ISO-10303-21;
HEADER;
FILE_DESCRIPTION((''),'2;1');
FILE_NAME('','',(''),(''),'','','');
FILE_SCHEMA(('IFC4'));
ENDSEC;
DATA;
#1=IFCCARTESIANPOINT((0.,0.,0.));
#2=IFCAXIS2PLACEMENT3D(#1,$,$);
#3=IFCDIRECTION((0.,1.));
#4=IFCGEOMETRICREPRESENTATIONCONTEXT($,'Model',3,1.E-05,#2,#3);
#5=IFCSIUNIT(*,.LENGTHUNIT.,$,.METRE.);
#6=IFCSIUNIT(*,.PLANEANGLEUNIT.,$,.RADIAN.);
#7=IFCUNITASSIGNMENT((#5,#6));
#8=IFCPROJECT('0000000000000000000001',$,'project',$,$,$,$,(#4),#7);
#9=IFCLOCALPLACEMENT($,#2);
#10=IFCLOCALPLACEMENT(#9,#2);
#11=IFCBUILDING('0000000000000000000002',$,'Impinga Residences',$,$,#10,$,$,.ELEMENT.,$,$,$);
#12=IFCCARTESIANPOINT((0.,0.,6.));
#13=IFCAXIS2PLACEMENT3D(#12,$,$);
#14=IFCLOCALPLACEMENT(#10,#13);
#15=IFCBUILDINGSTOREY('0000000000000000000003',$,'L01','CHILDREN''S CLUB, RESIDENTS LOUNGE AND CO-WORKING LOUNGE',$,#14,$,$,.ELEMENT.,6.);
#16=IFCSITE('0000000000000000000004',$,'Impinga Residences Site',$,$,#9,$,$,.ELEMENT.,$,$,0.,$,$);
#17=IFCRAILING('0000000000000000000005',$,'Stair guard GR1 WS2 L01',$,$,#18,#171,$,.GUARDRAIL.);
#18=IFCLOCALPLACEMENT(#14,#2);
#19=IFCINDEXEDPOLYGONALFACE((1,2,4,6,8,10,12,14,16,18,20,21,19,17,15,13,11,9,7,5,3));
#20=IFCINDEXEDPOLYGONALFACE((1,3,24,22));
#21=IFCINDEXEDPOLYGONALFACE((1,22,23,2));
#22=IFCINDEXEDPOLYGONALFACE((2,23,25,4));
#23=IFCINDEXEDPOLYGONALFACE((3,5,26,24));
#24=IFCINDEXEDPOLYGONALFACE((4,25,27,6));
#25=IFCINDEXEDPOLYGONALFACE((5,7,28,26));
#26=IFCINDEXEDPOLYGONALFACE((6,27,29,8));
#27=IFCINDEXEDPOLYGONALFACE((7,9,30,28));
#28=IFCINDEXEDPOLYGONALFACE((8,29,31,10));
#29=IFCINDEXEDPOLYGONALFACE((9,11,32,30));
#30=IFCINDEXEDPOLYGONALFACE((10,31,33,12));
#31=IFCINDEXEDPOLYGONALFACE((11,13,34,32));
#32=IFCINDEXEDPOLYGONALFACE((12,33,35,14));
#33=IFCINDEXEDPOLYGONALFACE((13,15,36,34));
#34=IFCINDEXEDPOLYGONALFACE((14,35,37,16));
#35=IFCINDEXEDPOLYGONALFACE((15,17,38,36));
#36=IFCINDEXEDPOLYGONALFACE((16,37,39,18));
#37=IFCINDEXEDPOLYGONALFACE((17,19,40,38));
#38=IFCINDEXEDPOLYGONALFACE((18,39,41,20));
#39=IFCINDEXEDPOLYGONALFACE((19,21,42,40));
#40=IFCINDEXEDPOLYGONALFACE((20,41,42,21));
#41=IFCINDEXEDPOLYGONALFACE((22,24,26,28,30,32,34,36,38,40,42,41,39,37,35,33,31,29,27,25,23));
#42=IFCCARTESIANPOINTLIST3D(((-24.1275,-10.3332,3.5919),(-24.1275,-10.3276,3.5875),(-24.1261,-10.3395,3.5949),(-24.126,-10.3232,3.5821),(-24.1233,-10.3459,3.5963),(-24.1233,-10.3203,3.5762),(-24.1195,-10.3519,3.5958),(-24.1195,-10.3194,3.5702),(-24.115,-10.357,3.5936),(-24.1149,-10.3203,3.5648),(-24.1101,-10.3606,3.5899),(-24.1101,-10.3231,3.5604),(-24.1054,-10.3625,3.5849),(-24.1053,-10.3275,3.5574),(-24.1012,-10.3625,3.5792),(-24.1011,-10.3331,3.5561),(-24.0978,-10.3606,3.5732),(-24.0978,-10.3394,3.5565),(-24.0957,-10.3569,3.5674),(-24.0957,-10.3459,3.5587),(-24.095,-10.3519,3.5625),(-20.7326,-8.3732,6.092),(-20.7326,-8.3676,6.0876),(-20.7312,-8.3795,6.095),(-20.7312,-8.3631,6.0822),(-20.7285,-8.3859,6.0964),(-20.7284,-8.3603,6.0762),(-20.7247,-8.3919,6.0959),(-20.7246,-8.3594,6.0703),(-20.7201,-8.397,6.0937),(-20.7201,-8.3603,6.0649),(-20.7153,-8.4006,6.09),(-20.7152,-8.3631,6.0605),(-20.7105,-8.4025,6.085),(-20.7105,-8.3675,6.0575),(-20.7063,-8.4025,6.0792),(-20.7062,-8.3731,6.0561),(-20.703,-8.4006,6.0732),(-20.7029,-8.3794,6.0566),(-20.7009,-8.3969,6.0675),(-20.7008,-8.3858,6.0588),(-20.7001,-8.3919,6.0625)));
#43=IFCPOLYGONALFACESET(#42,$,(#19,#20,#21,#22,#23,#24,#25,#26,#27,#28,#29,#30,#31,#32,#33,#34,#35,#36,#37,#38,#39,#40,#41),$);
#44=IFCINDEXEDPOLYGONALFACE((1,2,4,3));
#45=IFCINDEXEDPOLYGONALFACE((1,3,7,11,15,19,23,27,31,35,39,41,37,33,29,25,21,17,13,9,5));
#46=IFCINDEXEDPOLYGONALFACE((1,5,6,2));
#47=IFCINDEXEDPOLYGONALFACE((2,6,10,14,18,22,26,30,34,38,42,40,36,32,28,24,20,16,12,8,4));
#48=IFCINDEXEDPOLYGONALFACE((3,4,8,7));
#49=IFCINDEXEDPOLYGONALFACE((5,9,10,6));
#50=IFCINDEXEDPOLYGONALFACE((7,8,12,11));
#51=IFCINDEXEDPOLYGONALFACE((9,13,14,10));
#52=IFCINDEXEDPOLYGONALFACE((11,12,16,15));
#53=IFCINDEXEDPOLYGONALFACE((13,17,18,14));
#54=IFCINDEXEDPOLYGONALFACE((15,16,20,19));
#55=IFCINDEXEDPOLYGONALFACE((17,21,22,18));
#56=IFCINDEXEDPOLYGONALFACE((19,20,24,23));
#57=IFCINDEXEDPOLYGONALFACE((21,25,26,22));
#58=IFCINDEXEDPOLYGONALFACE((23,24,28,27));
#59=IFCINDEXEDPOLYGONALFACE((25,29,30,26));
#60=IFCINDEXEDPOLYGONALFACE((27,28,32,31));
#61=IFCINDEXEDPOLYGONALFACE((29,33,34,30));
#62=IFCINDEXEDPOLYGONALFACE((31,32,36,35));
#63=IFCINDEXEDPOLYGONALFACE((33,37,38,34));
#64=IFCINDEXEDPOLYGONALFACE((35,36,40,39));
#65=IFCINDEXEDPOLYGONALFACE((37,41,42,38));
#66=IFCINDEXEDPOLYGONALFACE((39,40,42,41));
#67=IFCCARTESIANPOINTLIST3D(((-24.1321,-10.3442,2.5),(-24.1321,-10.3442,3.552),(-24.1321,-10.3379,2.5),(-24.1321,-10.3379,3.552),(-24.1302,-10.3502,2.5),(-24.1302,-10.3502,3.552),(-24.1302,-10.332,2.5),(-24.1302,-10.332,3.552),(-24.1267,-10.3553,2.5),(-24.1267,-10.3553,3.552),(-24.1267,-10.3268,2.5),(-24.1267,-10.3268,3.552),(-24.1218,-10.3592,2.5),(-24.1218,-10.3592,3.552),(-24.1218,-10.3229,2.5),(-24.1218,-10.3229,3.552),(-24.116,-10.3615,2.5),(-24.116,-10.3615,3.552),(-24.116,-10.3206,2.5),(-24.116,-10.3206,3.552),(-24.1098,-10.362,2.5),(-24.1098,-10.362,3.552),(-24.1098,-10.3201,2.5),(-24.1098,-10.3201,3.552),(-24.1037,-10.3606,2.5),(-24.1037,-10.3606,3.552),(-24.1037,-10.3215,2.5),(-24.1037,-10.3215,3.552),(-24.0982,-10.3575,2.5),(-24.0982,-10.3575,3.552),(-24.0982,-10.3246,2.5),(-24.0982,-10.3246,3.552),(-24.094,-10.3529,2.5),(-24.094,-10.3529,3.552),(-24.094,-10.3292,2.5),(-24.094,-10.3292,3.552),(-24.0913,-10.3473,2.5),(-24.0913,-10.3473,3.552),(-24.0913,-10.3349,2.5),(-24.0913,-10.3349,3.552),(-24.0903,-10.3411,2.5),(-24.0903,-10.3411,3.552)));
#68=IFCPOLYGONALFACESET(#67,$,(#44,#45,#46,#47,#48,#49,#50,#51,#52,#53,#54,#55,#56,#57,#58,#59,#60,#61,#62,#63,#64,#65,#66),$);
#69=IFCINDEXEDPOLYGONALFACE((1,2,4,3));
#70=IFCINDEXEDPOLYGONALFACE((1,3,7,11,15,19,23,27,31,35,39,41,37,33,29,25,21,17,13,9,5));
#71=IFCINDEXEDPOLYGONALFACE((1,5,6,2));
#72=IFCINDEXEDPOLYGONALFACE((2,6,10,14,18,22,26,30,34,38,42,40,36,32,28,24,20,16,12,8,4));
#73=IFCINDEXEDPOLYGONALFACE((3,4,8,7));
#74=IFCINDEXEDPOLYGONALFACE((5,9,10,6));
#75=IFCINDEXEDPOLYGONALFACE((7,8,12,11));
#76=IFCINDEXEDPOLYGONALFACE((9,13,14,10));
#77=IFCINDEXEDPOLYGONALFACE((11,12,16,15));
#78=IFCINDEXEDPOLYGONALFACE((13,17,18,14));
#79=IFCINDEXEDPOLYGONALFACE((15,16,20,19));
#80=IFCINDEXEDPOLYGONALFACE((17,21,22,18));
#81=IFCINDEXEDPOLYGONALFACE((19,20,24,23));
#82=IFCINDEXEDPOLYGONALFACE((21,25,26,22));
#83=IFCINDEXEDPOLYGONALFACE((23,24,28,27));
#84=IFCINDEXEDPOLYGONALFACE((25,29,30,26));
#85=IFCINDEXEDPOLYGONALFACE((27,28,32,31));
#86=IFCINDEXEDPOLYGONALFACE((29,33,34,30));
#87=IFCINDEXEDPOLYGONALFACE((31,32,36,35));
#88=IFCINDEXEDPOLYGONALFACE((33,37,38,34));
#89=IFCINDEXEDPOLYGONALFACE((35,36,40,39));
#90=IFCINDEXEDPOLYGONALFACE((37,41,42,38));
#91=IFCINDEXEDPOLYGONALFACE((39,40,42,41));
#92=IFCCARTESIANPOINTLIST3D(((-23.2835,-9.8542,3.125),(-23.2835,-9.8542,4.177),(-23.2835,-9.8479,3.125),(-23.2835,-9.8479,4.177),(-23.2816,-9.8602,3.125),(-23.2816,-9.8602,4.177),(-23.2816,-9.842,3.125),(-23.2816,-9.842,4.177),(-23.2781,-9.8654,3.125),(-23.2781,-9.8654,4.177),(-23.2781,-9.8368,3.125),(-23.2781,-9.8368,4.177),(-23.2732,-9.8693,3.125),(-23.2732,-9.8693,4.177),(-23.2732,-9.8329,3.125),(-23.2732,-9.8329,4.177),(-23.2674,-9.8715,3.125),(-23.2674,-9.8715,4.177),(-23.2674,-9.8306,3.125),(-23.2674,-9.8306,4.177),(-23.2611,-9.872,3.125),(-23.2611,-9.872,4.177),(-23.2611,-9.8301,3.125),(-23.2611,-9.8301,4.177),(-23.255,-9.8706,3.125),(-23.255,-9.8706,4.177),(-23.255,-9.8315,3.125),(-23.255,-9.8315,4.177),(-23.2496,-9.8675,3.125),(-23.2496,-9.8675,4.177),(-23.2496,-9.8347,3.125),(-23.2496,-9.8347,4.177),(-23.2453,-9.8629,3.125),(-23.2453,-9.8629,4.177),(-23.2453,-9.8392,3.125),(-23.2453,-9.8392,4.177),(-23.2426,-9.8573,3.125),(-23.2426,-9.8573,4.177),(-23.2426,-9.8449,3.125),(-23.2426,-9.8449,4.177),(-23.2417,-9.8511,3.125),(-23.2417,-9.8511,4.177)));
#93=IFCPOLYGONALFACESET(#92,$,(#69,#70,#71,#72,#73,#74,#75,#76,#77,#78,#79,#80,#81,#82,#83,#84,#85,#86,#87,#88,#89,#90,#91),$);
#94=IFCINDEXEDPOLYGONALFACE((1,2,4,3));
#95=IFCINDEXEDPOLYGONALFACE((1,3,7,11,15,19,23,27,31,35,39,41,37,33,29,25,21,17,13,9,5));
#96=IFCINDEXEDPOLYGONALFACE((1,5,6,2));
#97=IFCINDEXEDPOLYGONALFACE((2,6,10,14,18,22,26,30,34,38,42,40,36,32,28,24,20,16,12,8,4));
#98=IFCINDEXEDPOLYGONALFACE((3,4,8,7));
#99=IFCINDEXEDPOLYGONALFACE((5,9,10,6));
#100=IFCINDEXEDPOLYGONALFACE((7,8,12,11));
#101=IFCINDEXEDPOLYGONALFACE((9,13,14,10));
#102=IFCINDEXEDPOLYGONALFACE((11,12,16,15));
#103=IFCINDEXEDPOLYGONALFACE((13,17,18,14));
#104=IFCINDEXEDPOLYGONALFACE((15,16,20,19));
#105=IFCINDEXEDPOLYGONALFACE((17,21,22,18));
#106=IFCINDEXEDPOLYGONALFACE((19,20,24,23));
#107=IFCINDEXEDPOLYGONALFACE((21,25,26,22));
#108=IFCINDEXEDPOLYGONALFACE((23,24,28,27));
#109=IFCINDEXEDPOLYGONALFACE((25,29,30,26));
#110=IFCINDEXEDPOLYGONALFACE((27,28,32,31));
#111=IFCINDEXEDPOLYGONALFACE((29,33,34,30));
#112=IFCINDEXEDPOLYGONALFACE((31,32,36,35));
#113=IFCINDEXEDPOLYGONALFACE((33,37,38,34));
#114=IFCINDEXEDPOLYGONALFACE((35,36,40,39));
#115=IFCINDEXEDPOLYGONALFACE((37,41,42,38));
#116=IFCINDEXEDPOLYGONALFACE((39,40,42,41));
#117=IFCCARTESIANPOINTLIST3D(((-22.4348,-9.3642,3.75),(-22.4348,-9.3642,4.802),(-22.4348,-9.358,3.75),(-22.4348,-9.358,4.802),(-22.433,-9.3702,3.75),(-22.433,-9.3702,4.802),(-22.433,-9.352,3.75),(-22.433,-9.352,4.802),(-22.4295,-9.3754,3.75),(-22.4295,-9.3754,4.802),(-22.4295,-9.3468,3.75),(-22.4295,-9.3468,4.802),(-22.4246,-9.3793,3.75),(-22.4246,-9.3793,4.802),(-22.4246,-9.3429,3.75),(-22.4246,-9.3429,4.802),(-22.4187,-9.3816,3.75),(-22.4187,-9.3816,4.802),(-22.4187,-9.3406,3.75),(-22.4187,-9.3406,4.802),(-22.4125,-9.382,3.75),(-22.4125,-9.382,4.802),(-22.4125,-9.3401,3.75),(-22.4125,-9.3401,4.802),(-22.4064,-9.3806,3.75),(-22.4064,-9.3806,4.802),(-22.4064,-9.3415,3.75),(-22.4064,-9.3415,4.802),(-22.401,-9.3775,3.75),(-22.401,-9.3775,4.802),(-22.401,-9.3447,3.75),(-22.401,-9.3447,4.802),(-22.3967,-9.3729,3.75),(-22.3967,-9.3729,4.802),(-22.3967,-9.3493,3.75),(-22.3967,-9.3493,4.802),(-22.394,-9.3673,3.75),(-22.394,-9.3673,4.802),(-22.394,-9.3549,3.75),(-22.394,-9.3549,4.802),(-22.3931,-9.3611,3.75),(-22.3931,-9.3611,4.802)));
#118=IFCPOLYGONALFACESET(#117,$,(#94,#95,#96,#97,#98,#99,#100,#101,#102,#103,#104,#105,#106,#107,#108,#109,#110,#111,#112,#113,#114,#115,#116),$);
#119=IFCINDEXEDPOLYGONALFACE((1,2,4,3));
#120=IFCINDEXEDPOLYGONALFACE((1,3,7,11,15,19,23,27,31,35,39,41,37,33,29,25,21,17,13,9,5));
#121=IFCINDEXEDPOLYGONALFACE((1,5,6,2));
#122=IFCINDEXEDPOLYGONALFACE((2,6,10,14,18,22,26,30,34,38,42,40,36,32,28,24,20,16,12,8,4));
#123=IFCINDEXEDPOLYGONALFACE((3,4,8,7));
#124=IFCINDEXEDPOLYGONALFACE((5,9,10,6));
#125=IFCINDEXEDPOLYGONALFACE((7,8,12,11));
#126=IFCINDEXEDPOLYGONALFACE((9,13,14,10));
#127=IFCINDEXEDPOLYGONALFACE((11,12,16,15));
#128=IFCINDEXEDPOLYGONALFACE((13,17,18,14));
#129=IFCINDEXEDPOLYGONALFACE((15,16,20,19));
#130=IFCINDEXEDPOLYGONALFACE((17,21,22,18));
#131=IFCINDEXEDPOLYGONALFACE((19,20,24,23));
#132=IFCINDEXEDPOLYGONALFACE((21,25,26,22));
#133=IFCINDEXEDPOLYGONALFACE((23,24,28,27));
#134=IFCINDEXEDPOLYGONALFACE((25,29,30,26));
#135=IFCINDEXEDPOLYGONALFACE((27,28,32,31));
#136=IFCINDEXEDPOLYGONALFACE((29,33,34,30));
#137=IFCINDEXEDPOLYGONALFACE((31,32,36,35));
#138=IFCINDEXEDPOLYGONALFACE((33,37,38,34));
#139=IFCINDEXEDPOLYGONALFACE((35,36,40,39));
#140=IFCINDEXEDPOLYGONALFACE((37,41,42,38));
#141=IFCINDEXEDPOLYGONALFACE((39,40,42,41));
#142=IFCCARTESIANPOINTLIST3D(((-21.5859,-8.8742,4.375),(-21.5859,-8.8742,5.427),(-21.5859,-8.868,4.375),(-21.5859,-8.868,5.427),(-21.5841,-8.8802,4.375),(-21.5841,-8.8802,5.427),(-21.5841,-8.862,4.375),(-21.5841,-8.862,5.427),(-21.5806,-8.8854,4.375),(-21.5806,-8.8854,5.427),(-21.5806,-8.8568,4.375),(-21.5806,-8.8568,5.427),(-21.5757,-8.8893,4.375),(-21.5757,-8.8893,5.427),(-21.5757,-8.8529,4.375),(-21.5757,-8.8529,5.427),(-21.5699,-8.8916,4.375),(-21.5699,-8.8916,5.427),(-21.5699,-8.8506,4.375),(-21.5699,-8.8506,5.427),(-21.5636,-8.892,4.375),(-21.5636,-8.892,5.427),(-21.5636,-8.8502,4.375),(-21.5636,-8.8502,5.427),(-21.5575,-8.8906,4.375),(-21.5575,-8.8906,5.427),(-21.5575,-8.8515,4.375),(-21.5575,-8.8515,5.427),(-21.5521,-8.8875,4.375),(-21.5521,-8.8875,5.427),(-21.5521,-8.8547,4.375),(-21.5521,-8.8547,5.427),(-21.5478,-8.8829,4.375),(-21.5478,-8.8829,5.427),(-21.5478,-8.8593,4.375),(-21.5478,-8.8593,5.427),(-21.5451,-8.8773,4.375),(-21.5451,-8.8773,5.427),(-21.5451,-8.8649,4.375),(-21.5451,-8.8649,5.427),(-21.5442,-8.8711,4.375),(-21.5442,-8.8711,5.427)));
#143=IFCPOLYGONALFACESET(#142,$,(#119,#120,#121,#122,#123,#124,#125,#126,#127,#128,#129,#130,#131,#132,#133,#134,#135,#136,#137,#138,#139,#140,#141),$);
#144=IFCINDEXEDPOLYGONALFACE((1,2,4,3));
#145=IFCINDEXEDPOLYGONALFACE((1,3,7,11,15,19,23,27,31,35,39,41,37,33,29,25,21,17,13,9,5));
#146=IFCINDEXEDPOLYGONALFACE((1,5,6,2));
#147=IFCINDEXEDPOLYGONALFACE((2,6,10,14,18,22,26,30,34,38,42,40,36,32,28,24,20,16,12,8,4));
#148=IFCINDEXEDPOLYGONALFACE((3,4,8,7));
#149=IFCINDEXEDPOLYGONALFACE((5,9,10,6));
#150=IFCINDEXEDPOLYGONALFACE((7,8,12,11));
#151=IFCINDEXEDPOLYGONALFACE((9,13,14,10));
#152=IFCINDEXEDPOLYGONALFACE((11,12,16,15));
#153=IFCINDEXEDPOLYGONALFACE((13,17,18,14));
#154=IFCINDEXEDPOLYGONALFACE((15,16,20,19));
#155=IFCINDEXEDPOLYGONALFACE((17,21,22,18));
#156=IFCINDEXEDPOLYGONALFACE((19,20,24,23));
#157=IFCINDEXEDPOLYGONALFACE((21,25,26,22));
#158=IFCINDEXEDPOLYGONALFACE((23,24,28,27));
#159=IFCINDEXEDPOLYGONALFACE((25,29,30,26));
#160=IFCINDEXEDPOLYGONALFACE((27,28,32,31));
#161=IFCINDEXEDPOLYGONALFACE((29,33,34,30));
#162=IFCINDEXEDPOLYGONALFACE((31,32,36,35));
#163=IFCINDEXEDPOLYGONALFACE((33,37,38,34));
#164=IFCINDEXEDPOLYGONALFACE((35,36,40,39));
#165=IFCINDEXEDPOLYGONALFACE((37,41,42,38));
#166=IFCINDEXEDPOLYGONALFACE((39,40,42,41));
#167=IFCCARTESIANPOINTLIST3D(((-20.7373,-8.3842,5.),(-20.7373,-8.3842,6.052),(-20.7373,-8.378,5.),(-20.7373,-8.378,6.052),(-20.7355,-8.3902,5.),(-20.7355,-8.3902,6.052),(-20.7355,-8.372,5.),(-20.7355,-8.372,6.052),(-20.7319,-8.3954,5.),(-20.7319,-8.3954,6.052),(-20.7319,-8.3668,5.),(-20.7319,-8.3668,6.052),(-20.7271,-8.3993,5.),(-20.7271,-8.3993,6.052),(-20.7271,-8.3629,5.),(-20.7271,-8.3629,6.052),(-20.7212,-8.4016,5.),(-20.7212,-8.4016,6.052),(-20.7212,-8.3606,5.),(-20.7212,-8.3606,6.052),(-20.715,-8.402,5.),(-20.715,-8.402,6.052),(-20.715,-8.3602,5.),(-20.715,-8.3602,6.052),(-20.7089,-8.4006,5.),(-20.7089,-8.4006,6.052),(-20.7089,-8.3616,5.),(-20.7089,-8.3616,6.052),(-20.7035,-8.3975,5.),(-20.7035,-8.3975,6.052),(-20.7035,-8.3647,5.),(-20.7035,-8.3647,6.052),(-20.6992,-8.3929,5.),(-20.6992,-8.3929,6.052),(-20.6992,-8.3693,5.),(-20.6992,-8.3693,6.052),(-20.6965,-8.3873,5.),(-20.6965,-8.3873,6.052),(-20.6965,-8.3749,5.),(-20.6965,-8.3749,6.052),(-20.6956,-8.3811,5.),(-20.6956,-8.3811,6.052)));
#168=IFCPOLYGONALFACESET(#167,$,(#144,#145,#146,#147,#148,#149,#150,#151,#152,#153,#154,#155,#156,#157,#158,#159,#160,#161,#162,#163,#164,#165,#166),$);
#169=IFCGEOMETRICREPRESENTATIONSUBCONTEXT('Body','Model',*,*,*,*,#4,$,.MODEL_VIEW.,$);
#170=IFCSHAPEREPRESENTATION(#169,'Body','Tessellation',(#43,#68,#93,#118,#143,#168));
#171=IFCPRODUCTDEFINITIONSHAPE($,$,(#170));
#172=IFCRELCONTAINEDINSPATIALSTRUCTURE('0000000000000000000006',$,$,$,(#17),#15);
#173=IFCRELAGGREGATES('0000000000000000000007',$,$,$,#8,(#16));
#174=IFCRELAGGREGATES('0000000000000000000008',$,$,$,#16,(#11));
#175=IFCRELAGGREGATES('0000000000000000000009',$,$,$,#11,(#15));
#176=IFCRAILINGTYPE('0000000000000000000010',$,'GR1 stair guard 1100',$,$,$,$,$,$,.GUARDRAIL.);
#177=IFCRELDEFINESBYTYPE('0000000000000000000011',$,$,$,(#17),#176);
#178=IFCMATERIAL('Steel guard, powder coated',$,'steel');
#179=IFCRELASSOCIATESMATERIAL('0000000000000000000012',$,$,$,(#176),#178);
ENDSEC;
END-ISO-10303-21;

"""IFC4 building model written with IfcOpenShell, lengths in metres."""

from ifc_helpers import new_model, si_unit, direction, frame, origin, origin_2d, place, context, subcontext, project, spatial, circle, extrude, material, type_object, element, save


model = new_model("IFC4")

# Units and contexts
model_context = context("Model", 3, precision=1e-05, world=origin(), true_north=direction((0.0, 1.0)))
body_context = subcontext(model_context, "Body", "Model", "MODEL_VIEW")
ifc_project = project(units=[si_unit("LENGTHUNIT", "METRE"), si_unit("PLANEANGLEUNIT", "RADIAN")], contexts=[model_context])

# Site, building, storey
site_placement = place(None, origin())
site = spatial("IfcSite", under=ifc_project, at=site_placement, Name="Impinga Residences Site", CompositionType="ELEMENT", RefElevation=0.0)
building_placement = place(site_placement, origin())
building = spatial("IfcBuilding", under=site, at=building_placement, Name="Impinga Residences", CompositionType="ELEMENT")
storey_placement = place(building_placement, frame((0.0, 0.0, 6.0)))
storey = spatial("IfcBuildingStorey", under=building, at=storey_placement, Name="L01", Description="CHILDREN'S CLUB, RESIDENTS LOUNGE AND CO-WORKING LOUNGE", CompositionType="ELEMENT", Elevation=6.0)

# Railing
ifc_material_1 = material(Name="Steel guard, powder coated", Category="steel")
railing_type_1 = type_object("IfcRailingType", Name="GR1 stair guard 1100", PredefinedType="GUARDRAIL", material=ifc_material_1)
railing_1_placement = place(storey_placement, frame((-24.1113, -10.3411, 2.5)))
element("IfcRailing", 1, at=railing_1_placement, inside=storey, type_object=railing_type_1, Name="Stair guard GR1 WS2 L01", PredefinedType="GUARDRAIL", context=body_context, shape_type="SweptSolid", body=[
    extrude(circle(Radius=0.0239, at=origin_2d()), frame((0.0, 0.0, 1.0762), z_axis=(0.73017, 0.421561, 0.537716), x_axis=(-0.499997, 0.866027, 0.0)), (0.0, 0.0, 1.0), 4.6494),
    extrude(circle(Radius=0.021, at=origin_2d()), origin(), (0.0, 0.0, 1.0), 1.052),
    extrude(circle(Radius=0.021, at=origin_2d()), frame((0.8486, 0.49, 0.625)), (0.0, 0.0, 1.0), 1.052),
    extrude(circle(Radius=0.021, at=origin_2d()), frame((1.6973, 0.98, 1.25)), (0.0, 0.0, 1.0), 1.052),
    extrude(circle(Radius=0.021, at=origin_2d()), frame((2.5461, 1.47, 1.875)), (0.0, 0.0, 1.0), 1.052),
    extrude(circle(Radius=0.021, at=origin_2d()), frame((3.3948, 1.96, 2.5)), (0.0, 0.0, 1.0), 1.052),
])

save(model, "model.ifc")
